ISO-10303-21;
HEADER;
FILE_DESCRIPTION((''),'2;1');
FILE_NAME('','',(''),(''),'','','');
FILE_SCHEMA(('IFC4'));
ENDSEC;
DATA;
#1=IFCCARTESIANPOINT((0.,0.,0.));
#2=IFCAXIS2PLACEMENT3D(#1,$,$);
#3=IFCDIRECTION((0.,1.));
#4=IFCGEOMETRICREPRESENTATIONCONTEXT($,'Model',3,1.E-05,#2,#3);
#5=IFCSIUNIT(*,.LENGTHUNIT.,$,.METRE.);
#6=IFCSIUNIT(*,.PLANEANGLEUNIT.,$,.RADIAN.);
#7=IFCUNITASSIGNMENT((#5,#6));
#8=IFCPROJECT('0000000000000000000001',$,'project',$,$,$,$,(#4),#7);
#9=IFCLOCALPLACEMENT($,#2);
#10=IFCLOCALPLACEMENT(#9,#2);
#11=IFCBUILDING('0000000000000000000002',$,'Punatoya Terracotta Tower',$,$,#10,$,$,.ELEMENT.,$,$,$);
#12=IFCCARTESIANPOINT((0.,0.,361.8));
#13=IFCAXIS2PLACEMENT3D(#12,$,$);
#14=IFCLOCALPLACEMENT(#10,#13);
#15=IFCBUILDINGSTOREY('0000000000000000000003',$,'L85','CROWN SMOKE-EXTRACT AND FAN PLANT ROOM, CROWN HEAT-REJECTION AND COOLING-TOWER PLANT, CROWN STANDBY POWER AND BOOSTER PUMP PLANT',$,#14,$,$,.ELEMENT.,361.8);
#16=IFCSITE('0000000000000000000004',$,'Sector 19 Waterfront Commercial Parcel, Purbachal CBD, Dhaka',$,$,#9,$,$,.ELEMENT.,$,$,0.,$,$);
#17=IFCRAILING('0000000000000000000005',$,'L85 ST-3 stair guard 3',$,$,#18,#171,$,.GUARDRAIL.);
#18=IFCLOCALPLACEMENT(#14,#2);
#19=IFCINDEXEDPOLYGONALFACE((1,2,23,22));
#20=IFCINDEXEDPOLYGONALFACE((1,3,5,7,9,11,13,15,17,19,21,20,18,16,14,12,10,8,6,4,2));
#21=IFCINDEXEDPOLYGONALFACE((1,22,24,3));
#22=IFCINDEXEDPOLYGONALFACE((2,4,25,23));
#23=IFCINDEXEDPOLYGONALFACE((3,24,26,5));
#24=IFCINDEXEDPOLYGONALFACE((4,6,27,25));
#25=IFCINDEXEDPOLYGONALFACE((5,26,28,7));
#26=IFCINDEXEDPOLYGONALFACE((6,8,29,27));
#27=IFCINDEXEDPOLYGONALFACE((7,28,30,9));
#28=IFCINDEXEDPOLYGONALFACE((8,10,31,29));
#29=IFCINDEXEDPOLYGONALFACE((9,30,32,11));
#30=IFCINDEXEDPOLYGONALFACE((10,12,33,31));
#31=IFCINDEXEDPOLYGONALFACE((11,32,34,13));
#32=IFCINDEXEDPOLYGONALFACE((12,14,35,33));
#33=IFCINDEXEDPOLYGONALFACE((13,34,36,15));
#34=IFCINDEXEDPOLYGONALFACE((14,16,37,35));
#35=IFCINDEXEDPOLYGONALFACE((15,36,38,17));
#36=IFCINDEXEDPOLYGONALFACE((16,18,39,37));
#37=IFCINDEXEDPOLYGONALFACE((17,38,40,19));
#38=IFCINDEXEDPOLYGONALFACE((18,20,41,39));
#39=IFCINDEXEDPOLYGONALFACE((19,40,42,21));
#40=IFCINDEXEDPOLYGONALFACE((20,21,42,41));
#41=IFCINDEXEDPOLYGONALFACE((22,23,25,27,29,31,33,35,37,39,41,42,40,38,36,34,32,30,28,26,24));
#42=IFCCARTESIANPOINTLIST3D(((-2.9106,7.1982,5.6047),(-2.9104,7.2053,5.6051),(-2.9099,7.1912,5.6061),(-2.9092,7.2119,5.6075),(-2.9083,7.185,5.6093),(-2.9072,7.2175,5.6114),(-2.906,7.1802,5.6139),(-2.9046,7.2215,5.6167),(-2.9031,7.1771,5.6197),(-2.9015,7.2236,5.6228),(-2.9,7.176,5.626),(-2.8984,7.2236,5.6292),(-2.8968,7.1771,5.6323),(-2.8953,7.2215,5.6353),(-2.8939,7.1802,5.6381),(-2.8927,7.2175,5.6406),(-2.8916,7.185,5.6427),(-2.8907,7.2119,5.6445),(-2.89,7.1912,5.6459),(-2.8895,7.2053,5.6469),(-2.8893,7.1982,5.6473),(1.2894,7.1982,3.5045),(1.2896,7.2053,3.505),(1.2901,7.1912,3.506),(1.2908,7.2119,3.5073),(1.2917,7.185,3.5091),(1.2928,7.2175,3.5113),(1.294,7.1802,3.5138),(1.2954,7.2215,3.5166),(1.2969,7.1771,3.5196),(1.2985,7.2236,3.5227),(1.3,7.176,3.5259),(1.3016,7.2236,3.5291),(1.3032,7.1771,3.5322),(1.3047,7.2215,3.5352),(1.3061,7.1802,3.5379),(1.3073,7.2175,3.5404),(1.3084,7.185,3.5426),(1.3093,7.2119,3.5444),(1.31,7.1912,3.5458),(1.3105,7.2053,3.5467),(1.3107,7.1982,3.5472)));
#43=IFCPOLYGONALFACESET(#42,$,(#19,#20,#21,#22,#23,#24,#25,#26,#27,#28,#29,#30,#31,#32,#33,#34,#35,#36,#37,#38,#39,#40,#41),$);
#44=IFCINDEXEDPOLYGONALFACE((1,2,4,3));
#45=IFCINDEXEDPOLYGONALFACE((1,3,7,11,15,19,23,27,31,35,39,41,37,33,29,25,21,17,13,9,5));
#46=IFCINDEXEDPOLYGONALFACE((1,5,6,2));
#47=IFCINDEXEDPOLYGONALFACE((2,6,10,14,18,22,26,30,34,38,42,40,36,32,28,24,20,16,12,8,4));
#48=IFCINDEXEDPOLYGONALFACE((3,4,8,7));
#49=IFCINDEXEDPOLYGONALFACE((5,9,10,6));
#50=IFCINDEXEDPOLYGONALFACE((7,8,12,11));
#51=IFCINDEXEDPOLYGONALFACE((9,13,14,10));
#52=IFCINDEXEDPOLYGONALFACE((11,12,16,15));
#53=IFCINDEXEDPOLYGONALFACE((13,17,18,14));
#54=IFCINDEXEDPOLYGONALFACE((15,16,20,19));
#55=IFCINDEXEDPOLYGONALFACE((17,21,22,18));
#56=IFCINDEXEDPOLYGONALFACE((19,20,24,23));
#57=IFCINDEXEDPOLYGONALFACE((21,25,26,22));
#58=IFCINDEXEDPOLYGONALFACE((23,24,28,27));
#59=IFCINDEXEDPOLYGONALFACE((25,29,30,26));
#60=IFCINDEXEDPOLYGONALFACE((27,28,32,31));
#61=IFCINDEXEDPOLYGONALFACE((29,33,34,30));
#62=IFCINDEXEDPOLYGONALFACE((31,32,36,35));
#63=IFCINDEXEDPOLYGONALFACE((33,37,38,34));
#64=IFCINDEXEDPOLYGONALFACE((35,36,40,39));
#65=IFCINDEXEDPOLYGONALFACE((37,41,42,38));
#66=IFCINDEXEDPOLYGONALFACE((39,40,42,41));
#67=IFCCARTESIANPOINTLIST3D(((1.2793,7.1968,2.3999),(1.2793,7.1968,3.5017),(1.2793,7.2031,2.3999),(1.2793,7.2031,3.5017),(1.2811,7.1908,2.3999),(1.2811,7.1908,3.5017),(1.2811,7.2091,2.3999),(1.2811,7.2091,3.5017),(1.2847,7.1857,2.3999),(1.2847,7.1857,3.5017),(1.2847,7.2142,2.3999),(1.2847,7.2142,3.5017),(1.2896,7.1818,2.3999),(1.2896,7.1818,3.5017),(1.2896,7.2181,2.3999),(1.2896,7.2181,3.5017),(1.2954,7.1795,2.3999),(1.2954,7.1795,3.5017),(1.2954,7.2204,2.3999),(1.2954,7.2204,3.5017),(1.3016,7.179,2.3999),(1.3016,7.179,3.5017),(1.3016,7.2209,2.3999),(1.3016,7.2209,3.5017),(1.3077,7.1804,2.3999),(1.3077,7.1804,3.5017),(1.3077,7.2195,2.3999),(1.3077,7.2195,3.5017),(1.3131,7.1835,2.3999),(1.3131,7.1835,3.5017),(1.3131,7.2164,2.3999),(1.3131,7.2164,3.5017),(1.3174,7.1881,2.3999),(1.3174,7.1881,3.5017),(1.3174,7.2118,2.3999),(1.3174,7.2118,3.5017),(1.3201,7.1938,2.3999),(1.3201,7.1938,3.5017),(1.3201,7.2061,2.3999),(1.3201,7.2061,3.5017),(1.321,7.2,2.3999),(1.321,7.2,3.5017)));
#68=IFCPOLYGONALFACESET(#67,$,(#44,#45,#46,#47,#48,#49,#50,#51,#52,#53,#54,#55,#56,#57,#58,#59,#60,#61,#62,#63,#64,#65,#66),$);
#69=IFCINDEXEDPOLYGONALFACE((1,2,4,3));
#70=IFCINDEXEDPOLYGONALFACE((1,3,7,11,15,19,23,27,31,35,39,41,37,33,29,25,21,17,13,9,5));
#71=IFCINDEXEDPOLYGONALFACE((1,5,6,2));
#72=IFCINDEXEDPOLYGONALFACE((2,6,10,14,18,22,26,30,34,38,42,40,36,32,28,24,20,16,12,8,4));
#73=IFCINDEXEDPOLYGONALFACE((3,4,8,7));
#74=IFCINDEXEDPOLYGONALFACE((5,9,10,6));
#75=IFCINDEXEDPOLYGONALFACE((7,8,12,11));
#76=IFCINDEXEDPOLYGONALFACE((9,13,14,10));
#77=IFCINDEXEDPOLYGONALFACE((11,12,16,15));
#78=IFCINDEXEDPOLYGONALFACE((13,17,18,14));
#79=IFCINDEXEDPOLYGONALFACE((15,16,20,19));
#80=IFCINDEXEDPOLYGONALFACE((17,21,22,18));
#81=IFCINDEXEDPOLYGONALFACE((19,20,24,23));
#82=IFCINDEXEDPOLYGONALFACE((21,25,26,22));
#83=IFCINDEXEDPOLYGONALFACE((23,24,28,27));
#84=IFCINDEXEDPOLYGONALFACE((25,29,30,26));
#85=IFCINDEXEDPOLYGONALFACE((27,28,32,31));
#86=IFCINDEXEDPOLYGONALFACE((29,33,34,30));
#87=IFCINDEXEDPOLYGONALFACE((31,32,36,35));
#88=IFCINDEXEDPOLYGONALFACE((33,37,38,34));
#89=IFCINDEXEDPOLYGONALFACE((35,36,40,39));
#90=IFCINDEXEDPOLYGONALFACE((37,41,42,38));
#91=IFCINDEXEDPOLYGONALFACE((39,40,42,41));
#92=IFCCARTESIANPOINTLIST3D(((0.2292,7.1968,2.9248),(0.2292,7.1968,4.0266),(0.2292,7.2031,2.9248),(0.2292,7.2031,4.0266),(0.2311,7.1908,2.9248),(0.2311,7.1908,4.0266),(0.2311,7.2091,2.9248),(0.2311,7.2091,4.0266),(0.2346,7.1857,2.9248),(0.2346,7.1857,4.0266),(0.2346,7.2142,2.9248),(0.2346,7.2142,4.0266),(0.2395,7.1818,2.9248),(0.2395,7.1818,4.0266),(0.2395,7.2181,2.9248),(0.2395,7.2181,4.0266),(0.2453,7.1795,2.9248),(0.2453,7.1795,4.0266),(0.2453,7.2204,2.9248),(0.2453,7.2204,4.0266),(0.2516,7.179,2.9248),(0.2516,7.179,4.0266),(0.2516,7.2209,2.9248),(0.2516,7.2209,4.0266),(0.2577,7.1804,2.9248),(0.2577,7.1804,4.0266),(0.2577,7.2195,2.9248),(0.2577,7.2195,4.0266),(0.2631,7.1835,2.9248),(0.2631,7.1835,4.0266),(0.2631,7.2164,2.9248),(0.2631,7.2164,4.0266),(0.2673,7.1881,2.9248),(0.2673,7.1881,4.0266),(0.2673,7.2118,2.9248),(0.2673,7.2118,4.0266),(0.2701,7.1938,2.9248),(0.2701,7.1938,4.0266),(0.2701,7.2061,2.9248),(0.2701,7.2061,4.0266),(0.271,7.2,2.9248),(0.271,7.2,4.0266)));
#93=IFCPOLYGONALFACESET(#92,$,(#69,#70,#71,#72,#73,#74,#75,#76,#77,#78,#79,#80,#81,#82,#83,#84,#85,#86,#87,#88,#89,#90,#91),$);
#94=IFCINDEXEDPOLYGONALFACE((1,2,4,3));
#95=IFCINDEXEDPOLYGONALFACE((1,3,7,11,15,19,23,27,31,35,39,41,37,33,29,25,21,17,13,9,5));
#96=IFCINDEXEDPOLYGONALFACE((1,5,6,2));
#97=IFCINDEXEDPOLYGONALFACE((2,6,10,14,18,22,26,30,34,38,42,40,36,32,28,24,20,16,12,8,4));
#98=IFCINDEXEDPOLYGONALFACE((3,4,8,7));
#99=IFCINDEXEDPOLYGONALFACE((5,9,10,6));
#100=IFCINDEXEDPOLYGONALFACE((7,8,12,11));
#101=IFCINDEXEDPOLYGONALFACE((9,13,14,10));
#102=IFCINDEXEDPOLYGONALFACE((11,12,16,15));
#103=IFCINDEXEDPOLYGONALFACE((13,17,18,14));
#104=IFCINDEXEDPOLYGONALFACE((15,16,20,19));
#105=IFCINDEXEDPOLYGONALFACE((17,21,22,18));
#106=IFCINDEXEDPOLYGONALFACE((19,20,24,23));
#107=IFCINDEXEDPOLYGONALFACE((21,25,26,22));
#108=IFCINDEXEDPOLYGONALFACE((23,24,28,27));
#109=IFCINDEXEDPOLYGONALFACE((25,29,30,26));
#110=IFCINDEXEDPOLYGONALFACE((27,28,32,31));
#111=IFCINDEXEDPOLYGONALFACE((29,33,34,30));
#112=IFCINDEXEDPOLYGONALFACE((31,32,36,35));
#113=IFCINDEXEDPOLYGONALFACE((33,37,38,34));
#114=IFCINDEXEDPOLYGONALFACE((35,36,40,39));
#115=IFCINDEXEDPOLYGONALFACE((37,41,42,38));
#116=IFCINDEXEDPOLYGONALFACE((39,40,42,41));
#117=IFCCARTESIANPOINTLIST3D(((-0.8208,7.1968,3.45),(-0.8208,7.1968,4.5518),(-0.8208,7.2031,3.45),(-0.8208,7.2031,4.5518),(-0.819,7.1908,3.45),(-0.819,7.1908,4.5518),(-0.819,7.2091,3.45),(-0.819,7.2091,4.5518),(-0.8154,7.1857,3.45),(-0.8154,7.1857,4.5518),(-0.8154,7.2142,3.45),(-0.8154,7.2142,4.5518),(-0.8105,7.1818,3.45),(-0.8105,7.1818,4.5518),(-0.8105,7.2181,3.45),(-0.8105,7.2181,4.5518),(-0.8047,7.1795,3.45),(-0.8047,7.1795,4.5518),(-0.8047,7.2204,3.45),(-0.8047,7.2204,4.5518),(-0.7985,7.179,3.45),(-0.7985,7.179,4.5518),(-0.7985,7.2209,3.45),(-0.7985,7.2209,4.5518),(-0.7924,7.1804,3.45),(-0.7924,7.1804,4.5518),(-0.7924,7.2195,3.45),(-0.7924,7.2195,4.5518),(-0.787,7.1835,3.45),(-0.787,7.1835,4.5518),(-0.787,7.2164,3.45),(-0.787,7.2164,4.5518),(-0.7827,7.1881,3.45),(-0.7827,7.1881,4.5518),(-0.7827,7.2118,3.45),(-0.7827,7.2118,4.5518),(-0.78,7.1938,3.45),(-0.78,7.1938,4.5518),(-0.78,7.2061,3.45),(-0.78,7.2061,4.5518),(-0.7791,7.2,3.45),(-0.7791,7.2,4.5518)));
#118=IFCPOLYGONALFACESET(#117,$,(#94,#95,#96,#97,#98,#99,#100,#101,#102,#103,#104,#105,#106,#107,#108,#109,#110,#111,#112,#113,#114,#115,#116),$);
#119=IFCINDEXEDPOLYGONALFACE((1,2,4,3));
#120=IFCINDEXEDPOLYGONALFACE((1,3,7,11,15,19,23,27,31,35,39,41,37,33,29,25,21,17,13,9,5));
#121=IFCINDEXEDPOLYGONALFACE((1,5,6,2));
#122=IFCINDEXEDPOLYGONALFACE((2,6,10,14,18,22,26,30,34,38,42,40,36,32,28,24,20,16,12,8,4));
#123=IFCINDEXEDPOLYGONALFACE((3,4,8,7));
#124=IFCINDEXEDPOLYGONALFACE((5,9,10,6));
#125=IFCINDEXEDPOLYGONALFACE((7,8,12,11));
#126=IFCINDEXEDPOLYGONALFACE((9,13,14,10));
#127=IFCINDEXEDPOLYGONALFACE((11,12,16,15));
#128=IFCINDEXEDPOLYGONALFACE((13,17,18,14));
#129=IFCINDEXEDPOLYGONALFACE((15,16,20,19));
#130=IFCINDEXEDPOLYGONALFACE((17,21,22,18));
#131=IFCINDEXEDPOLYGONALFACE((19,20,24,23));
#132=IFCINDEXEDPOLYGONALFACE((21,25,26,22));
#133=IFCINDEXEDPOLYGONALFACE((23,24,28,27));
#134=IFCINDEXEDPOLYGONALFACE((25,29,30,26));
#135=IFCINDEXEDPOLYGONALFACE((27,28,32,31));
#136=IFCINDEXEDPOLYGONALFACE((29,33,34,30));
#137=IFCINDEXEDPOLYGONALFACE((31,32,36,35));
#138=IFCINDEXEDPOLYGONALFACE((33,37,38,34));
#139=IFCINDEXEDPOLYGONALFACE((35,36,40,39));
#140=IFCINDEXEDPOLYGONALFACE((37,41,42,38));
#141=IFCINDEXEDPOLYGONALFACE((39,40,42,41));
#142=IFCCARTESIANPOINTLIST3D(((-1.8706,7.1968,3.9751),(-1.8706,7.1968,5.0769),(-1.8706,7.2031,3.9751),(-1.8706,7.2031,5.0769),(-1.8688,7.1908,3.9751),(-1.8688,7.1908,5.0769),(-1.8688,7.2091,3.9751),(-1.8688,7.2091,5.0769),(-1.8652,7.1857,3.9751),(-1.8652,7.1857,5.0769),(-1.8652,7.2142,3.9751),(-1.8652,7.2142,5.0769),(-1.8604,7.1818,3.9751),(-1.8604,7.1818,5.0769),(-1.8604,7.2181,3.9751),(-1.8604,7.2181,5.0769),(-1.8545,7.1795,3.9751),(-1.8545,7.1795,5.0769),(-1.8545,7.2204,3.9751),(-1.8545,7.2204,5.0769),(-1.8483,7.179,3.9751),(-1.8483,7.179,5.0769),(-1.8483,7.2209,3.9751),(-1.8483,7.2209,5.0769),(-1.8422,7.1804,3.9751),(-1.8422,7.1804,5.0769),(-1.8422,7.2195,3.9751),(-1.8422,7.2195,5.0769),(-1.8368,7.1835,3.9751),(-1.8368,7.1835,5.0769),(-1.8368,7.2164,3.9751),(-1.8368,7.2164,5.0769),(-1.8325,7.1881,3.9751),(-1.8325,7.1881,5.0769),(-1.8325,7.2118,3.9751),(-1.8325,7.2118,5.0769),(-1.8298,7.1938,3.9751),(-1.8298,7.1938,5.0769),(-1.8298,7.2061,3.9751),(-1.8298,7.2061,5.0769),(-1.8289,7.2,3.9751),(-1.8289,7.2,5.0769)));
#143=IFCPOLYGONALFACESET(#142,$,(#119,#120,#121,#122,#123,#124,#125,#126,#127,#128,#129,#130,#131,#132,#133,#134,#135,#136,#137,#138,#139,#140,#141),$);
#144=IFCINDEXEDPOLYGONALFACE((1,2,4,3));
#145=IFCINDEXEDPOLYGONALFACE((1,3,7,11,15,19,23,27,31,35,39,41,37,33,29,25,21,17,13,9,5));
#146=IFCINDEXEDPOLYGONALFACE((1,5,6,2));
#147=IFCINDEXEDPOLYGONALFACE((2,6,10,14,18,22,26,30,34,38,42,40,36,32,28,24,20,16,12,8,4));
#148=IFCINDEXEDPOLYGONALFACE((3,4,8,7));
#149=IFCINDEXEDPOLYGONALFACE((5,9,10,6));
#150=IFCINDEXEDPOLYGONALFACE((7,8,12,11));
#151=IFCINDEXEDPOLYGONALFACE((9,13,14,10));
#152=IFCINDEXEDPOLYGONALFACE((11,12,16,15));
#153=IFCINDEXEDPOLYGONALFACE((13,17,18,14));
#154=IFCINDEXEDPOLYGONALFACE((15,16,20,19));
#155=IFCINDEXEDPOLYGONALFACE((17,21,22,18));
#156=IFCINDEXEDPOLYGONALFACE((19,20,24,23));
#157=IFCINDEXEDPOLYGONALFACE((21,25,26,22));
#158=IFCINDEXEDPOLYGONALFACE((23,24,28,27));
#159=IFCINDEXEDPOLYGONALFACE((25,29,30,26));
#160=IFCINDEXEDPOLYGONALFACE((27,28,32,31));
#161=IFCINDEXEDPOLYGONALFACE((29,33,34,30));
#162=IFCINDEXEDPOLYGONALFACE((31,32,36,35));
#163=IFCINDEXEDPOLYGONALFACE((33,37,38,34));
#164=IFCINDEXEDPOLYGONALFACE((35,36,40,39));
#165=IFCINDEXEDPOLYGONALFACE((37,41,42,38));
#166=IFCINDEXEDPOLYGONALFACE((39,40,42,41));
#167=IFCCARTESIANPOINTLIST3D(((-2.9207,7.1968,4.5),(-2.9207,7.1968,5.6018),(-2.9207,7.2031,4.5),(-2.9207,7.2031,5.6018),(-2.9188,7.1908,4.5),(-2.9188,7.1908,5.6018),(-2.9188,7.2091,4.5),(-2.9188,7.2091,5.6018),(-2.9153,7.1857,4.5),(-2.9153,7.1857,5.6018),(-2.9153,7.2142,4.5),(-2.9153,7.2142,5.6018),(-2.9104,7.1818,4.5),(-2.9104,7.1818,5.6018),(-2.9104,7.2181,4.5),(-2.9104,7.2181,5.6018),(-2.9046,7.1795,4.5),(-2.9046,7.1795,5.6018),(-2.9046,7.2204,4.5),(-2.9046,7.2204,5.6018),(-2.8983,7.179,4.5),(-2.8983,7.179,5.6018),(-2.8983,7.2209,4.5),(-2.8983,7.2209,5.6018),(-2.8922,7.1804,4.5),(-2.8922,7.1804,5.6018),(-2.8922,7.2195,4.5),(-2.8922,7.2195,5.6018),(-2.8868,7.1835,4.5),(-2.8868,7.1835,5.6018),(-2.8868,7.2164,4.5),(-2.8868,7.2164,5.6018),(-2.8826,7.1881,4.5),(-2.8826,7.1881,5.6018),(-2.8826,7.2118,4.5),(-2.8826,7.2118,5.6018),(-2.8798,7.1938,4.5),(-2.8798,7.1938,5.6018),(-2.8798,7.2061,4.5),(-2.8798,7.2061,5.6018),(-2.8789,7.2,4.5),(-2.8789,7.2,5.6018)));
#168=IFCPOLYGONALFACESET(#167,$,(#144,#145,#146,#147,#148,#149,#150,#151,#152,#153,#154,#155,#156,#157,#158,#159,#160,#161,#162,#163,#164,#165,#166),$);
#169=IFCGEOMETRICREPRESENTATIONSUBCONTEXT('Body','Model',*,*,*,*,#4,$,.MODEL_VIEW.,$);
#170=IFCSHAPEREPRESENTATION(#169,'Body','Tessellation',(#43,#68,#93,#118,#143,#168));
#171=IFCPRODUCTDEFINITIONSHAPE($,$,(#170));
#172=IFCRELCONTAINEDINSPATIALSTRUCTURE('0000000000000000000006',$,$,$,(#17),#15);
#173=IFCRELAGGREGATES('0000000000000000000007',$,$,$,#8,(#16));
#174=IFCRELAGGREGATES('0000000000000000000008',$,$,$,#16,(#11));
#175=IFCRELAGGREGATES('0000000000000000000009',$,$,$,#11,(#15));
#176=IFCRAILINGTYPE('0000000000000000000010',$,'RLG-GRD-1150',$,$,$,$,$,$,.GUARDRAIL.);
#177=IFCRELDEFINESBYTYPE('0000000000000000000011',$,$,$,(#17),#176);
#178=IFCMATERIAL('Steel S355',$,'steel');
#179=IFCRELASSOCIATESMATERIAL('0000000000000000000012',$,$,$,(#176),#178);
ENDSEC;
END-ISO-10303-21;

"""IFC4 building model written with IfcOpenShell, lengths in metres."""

from ifc_helpers import new_model, si_unit, direction, frame, origin, origin_2d, place, context, subcontext, project, spatial, circle, extrude, material, type_object, element, save


model = new_model("IFC4")

# Units and contexts
model_context = context("Model", 3, precision=1e-05, world=origin(), true_north=direction((0.0, 1.0)))
body_context = subcontext(model_context, "Body", "Model", "MODEL_VIEW")
ifc_project = project(units=[si_unit("LENGTHUNIT", "METRE"), si_unit("PLANEANGLEUNIT", "RADIAN")], contexts=[model_context])

# Site, building, storey
site_placement = place(None, origin())
site = spatial("IfcSite", under=ifc_project, at=site_placement, Name="Sector 19 Waterfront Commercial Parcel, Purbachal CBD, Dhaka", CompositionType="ELEMENT", RefElevation=0.0)
building_placement = place(site_placement, origin())
building = spatial("IfcBuilding", under=site, at=building_placement, Name="Punatoya Terracotta Tower", CompositionType="ELEMENT")
storey_placement = place(building_placement, frame((0.0, 0.0, 361.8)))
storey = spatial("IfcBuildingStorey", under=building, at=storey_placement, Name="L85", Description="CROWN SMOKE-EXTRACT AND FAN PLANT ROOM, CROWN HEAT-REJECTION AND COOLING-TOWER PLANT, CROWN STANDBY POWER AND BOOSTER PUMP PLANT", CompositionType="ELEMENT", Elevation=361.8)

# Shared definitions
ifc_material_1 = material(Name="Steel S355", Category="steel")

# Railing
railing_type_1 = type_object("IfcRailingType", Name="RLG-GRD-1150", PredefinedType="GUARDRAIL", material=ifc_material_1)
railing_1_placement = place(storey_placement, frame((1.3, 7.2, 2.3999)))
element("IfcRailing", 1, at=railing_1_placement, inside=storey, type_object=railing_type_1, Name="L85 ST-3 stair guard 3", PredefinedType="GUARDRAIL", context=body_context, shape_type="SweptSolid", body=[
    extrude(circle(Radius=0.0239, at=origin_2d()), frame((0.0, 0.0, 1.126), z_axis=(-0.894417, 0.0, 0.447234), x_axis=(0.0, -1.0, 0.0)), (0.0, 0.0, 1.0), 4.6958),
    extrude(circle(Radius=0.021, at=origin_2d()), origin(), (0.0, 0.0, 1.0), 1.1018),
    extrude(circle(Radius=0.021, at=origin_2d()), frame((-1.05, 0.0, 0.5249)), (0.0, 0.0, 1.0), 1.1018),
    extrude(circle(Radius=0.021, at=origin_2d()), frame((-2.1001, 0.0, 1.05)), (0.0, 0.0, 1.0), 1.1018),
    extrude(circle(Radius=0.021, at=origin_2d()), frame((-3.1499, 0.0, 1.5752)), (0.0, 0.0, 1.0), 1.1018),
    extrude(circle(Radius=0.021, at=origin_2d()), frame((-4.2, 0.0, 2.1001)), (0.0, 0.0, 1.0), 1.1018),
])

save(model, "model.ifc")
